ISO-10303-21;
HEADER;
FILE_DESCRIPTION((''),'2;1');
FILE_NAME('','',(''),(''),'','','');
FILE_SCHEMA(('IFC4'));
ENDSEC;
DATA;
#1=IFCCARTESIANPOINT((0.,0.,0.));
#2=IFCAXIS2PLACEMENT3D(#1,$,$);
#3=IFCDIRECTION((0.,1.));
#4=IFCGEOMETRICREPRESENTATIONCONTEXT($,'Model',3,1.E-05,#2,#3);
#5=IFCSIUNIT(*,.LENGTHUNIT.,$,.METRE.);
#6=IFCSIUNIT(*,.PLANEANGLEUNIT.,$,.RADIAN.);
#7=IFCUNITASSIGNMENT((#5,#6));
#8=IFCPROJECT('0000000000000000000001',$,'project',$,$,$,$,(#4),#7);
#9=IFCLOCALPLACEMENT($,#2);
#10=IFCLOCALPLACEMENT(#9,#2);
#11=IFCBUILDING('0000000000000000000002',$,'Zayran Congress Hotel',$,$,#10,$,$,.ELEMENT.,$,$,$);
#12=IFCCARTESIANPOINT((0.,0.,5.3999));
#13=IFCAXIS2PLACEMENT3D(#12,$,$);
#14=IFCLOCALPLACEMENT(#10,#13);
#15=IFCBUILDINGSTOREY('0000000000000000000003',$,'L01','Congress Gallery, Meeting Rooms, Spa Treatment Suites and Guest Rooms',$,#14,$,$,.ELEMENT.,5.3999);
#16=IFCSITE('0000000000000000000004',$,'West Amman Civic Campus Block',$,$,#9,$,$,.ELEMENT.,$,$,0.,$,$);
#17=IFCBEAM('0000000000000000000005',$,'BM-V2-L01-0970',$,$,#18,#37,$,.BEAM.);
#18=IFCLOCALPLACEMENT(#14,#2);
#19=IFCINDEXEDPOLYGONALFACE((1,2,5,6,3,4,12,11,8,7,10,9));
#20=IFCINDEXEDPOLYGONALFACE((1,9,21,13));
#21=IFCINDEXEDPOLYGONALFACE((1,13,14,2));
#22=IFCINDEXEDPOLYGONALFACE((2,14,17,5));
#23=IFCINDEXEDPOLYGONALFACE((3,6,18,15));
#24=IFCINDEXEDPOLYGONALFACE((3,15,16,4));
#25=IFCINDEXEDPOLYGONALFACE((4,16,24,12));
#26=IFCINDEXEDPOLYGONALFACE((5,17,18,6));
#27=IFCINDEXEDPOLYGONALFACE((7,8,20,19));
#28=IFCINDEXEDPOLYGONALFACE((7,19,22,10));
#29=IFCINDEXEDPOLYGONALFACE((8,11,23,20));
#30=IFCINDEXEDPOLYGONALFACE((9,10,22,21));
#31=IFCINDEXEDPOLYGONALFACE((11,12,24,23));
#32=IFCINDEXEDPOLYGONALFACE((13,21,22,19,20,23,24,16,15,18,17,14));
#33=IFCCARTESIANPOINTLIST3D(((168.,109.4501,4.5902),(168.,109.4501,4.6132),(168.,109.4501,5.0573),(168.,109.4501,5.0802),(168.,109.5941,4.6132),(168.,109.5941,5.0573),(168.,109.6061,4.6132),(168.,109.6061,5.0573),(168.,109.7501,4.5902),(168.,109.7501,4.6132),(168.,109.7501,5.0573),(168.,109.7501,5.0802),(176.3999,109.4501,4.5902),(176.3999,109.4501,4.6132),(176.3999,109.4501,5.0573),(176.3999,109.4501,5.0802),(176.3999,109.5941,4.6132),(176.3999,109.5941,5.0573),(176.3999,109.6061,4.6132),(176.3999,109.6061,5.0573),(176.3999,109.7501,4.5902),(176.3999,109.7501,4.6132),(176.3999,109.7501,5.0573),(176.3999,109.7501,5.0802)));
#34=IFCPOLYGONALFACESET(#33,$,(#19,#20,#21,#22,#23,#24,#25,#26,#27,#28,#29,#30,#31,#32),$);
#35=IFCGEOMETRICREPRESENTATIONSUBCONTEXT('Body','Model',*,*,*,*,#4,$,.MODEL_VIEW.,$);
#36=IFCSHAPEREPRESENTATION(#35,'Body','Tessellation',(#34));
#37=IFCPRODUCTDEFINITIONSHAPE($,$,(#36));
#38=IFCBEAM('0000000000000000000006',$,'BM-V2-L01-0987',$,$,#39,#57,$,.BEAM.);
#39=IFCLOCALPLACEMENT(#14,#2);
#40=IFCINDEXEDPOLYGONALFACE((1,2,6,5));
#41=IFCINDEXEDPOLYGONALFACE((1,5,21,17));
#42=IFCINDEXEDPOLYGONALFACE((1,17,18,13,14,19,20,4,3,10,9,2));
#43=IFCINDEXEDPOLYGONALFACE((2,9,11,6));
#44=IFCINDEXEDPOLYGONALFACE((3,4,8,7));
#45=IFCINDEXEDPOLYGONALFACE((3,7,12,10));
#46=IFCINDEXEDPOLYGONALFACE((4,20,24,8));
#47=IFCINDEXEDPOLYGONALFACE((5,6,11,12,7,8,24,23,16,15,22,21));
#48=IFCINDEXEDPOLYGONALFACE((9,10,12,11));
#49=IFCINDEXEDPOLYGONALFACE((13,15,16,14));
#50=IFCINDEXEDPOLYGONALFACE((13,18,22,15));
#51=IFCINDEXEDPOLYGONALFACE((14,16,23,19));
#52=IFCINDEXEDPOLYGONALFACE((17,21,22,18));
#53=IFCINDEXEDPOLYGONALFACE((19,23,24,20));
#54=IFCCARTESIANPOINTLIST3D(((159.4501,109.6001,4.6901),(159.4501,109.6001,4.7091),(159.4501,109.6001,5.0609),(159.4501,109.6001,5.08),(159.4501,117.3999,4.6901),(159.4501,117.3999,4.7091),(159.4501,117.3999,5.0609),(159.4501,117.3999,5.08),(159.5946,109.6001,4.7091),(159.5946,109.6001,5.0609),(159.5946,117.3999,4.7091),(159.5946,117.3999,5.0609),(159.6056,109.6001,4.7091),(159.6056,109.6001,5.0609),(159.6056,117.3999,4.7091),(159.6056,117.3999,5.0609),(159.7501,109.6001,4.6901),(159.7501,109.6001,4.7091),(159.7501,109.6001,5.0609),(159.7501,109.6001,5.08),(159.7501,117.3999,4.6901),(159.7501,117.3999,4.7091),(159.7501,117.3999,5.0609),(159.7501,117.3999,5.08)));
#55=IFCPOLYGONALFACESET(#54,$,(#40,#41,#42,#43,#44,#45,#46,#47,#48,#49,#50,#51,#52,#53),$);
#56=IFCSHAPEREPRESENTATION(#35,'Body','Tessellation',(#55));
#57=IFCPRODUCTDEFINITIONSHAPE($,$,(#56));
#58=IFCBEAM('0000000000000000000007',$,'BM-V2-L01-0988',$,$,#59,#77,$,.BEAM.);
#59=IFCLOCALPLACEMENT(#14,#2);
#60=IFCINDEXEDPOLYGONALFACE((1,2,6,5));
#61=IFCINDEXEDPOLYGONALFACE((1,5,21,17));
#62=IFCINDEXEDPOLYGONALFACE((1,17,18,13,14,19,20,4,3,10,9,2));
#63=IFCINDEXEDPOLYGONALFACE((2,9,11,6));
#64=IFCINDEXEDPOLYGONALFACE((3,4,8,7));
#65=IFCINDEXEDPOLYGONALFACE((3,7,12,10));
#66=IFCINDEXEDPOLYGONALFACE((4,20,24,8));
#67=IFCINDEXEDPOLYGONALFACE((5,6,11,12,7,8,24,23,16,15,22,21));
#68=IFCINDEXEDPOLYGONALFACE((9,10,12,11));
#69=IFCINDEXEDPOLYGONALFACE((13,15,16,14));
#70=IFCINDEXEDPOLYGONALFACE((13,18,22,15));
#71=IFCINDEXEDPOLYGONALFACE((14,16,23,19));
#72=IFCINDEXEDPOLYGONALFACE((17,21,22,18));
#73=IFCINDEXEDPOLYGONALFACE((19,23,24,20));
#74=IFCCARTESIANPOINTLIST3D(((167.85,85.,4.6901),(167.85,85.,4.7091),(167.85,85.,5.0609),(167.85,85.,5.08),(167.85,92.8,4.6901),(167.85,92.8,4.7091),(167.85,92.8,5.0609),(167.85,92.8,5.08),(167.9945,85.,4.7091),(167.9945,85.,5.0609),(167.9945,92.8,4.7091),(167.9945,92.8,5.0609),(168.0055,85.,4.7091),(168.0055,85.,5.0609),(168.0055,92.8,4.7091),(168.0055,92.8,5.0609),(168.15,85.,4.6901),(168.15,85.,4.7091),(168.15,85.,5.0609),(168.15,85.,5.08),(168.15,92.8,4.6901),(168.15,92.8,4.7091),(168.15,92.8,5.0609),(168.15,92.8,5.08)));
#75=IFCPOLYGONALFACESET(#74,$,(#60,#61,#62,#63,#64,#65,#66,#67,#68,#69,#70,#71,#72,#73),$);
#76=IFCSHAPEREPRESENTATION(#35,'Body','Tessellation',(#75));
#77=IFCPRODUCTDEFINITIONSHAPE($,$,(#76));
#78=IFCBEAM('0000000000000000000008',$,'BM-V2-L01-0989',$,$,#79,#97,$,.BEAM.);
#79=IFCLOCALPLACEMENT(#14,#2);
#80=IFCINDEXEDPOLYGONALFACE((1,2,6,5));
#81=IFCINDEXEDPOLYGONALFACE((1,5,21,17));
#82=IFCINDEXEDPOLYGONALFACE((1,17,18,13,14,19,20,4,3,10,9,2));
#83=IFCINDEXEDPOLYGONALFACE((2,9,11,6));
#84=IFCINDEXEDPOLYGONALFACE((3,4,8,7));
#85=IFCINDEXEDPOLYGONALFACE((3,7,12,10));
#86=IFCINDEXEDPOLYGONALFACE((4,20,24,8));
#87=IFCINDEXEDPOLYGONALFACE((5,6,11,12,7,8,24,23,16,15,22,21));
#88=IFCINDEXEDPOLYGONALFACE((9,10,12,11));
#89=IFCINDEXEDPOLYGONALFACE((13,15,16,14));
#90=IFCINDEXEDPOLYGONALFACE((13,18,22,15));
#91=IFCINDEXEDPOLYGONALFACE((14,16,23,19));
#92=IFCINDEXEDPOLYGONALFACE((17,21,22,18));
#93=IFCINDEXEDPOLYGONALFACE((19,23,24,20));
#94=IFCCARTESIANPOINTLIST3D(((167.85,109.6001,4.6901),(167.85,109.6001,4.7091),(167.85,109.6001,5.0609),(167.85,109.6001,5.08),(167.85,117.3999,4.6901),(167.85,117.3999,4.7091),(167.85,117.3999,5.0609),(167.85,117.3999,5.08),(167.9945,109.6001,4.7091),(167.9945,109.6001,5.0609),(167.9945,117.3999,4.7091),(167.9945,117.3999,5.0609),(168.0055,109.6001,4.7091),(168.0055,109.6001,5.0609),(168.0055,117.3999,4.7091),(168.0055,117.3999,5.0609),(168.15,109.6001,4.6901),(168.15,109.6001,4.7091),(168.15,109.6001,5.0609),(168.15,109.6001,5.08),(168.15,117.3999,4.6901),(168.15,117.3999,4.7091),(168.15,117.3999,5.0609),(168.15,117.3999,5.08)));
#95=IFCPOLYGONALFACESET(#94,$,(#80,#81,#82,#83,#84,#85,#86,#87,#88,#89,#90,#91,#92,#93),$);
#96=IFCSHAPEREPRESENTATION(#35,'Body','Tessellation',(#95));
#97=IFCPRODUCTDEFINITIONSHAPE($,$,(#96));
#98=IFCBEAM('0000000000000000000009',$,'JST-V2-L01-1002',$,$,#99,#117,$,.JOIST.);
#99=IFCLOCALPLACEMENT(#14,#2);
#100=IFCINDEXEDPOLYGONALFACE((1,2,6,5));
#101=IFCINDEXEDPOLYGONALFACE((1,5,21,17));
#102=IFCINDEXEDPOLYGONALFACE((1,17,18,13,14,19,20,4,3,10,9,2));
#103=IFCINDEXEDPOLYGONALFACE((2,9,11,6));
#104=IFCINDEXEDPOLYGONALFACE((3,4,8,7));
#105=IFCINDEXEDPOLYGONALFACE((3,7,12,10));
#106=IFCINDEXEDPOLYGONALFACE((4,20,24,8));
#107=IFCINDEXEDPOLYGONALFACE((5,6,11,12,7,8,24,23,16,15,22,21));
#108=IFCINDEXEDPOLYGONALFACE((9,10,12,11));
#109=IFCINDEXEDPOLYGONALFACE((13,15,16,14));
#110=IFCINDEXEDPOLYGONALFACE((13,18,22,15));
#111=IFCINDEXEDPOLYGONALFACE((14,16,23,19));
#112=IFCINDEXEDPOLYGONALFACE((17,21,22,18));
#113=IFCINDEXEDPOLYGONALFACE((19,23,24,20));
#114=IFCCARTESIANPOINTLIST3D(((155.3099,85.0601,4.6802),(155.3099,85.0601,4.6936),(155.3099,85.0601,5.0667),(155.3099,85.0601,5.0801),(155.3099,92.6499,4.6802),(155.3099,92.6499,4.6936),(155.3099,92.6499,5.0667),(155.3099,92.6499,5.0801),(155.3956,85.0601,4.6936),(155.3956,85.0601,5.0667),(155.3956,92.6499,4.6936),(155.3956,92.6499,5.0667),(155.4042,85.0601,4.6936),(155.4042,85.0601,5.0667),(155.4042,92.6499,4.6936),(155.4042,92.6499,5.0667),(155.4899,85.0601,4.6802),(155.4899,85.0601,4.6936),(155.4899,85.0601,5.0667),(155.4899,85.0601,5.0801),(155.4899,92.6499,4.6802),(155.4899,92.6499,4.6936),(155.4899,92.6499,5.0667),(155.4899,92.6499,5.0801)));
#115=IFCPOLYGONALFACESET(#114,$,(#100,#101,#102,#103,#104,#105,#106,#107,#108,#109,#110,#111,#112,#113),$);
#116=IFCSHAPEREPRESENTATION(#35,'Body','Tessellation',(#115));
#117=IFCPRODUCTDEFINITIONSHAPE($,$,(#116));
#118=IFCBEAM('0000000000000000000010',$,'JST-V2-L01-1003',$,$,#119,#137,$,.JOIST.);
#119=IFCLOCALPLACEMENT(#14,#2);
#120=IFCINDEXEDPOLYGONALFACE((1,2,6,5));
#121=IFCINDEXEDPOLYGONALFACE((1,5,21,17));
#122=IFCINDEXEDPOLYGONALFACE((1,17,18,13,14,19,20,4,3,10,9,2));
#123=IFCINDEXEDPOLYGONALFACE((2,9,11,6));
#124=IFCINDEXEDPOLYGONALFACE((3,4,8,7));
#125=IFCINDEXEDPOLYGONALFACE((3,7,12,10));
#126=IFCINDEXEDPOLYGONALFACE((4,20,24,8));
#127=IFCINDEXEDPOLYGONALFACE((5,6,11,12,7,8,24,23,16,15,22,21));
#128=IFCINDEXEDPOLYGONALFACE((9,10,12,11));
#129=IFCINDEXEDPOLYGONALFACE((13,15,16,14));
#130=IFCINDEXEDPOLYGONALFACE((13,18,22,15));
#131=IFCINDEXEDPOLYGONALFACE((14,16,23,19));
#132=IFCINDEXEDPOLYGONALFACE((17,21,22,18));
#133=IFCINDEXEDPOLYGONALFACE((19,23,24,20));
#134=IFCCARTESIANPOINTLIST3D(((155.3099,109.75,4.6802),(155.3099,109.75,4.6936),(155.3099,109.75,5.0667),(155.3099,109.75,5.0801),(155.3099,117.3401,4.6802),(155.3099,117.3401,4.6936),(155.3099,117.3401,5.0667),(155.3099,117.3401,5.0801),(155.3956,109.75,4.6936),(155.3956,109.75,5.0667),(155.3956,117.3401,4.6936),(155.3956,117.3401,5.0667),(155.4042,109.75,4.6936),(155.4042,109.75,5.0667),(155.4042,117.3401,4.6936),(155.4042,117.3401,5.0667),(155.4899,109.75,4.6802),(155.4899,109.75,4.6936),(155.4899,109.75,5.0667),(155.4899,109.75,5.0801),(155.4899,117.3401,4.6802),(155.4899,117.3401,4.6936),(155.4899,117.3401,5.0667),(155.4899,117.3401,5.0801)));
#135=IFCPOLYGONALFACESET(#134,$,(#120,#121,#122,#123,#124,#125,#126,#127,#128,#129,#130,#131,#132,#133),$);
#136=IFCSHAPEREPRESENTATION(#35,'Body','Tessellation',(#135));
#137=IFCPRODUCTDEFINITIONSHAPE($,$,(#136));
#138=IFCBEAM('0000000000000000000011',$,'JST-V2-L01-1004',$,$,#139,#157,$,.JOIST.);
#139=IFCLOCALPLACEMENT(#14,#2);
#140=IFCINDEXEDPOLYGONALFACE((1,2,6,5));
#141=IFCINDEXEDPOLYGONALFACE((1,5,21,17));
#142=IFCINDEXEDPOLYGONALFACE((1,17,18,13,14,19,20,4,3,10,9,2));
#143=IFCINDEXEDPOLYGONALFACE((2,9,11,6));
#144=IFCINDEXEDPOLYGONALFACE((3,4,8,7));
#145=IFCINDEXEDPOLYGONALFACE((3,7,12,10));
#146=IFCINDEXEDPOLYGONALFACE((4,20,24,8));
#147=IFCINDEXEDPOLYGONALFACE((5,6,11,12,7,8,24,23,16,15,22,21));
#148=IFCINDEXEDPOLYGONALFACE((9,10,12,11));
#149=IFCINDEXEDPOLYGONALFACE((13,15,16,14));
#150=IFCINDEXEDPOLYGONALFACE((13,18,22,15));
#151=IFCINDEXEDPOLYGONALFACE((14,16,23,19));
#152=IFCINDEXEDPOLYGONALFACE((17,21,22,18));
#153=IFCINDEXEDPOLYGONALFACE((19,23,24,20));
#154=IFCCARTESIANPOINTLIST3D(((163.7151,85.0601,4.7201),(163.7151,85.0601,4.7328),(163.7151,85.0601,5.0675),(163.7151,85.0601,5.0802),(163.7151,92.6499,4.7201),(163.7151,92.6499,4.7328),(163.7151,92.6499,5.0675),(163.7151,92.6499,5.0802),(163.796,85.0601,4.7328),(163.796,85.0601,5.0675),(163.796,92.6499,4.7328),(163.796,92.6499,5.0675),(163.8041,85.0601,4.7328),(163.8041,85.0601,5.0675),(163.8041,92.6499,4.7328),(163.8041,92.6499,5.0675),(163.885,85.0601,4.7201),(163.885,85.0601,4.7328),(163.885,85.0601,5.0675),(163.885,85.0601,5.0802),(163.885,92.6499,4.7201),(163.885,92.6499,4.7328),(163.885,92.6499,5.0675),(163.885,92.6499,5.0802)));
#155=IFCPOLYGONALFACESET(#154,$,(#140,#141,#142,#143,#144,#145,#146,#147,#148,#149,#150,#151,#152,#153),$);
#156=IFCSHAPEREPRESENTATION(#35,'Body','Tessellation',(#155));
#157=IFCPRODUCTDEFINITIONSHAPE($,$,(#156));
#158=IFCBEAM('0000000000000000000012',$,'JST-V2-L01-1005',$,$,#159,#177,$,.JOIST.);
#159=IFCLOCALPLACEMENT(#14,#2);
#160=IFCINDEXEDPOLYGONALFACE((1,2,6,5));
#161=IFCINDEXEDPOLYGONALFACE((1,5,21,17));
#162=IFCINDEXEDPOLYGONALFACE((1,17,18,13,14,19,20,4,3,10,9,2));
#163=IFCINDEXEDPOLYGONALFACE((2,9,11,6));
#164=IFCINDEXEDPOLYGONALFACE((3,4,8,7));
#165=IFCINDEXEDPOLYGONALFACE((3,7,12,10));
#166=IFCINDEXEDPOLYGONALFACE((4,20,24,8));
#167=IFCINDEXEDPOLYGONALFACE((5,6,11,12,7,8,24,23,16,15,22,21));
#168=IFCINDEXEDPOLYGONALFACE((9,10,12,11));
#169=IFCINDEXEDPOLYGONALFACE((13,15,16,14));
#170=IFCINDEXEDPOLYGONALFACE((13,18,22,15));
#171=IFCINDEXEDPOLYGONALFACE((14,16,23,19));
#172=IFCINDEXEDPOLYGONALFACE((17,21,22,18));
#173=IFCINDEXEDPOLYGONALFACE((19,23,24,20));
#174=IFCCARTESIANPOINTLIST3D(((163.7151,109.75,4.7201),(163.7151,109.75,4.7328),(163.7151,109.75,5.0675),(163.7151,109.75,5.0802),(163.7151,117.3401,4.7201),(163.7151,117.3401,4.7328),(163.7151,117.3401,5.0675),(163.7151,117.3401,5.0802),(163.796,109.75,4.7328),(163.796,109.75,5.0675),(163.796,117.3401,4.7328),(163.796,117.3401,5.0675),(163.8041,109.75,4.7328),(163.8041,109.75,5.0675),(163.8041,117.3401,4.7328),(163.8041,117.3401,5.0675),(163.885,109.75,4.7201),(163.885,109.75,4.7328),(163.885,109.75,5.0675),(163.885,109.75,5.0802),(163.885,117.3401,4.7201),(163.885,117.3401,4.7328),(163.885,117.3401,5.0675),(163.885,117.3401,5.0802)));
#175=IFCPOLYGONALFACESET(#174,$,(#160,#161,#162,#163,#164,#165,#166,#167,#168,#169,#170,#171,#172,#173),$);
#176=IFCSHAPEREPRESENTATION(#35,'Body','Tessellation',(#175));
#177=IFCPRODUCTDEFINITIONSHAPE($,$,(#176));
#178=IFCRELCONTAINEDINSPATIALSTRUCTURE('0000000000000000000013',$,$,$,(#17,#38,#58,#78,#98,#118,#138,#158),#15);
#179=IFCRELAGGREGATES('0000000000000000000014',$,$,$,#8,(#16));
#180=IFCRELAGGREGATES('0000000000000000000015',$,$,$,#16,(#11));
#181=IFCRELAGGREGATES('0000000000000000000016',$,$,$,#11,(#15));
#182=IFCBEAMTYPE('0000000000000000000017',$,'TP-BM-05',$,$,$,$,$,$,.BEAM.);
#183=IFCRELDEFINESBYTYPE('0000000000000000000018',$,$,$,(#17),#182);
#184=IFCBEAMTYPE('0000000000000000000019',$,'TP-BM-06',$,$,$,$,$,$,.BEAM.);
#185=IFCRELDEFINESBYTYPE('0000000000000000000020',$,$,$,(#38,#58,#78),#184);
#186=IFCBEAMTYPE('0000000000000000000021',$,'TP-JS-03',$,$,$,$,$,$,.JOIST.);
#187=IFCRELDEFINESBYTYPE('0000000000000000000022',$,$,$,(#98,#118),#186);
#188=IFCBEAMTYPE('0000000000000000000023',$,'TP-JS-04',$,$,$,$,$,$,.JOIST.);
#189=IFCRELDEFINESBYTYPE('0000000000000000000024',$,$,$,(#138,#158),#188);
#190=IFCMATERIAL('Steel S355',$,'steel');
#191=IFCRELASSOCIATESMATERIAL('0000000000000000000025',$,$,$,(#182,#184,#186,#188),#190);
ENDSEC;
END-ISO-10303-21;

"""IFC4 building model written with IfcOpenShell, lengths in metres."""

from ifc_helpers import new_model, si_unit, direction, frame, origin, origin_2d, place, context, subcontext, project, spatial, i_section, extrude, material, material_profile, profile_set, type_object, element, save


model = new_model("IFC4")

# Units and contexts
model_context = context("Model", 3, precision=1e-05, world=origin(), true_north=direction((0.0, 1.0)))
body_context = subcontext(model_context, "Body", "Model", "MODEL_VIEW")
ifc_project = project(units=[si_unit("LENGTHUNIT", "METRE"), si_unit("PLANEANGLEUNIT", "RADIAN")], contexts=[model_context])

# Site, building, storey
site_placement = place(None, origin())
site = spatial("IfcSite", under=ifc_project, at=site_placement, Name="West Amman Civic Campus Block", CompositionType="ELEMENT", RefElevation=0.0)
building_placement = place(site_placement, origin())
building = spatial("IfcBuilding", under=site, at=building_placement, Name="Zayran Congress Hotel", CompositionType="ELEMENT")
storey_placement = place(building_placement, frame((0.0, 0.0, 5.3999)))
storey = spatial("IfcBuildingStorey", under=building, at=storey_placement, Name="L01", Description="Congress Gallery, Meeting Rooms, Spa Treatment Suites and Guest Rooms", CompositionType="ELEMENT", Elevation=5.3999)

# Shared definitions
ifc_material_1 = material(Name="Steel S355", Category="steel")

# Beams
ifc_material_profile_1 = material_profile(ifc_material_1, i_section(OverallWidth=0.3, OverallDepth=0.49, WebThickness=0.012, FlangeThickness=0.0229, at=origin_2d()), Name="HEA 500")
ifc_profile_set_1 = profile_set([ifc_material_profile_1], Name="Steel S355")
beam_type_1 = type_object("IfcBeamType", Name="TP-BM-05", PredefinedType="BEAM", material=ifc_profile_set_1)
for number, where, z_axis, x_axis, name in (
    (1, (168.0, 109.6001, 4.8352), (1.0, 0.0, 0.0), (0.0, 1.0, 0.0), "BM-V2-L01-0970"),
):
    element("IfcBeam", number, at=place(storey_placement, frame(where, z_axis=z_axis, x_axis=x_axis)), inside=storey, type_object=beam_type_1, Name=name, PredefinedType="BEAM", context=body_context, shape_type="SweptSolid", body=[
        extrude(i_section(OverallWidth=0.3, OverallDepth=0.49, WebThickness=0.012, FlangeThickness=0.0229, at=origin_2d()), origin(), (0.0, 0.0, 1.0), 8.3999),
    ])
ifc_material_profile_2 = material_profile(ifc_material_1, i_section(OverallWidth=0.3, OverallDepth=0.3899, WebThickness=0.011, FlangeThickness=0.019, at=origin_2d()), Name="HEA 400")
ifc_profile_set_2 = profile_set([ifc_material_profile_2], Name="Steel S355")
beam_type_2 = type_object("IfcBeamType", Name="TP-BM-06", PredefinedType="BEAM", material=ifc_profile_set_2)
beam_1_placement = place(storey_placement, frame((159.6001, 109.6001, 4.885), z_axis=(0.0, 1.0, 0.0), x_axis=(-1.0, 0.0, 0.0)))
element("IfcBeam", 2, at=beam_1_placement, inside=storey, type_object=beam_type_2, Name="BM-V2-L01-0987", PredefinedType="BEAM", context=body_context, shape_type="SweptSolid", body=[
    extrude(i_section(OverallWidth=0.3, OverallDepth=0.3899, WebThickness=0.011, FlangeThickness=0.019, at=origin_2d()), origin(), (0.0, 0.0, 1.0), 7.7998),
])
beam_2_placement = place(storey_placement, frame((168.0, 85.0, 4.885), z_axis=(0.0, 1.0, 0.0), x_axis=(-1.0, 0.0, 0.0)))
element("IfcBeam", 3, at=beam_2_placement, inside=storey, type_object=beam_type_2, Name="BM-V2-L01-0988", PredefinedType="BEAM", context=body_context, shape_type="SweptSolid", body=[
    extrude(i_section(OverallWidth=0.3, OverallDepth=0.3899, WebThickness=0.011, FlangeThickness=0.019, at=origin_2d()), origin(), (0.0, 0.0, 1.0), 7.8),
])
beam_3_placement = place(storey_placement, frame((168.0, 109.6001, 4.885), z_axis=(0.0, 1.0, 0.0), x_axis=(-1.0, 0.0, 0.0)))
element("IfcBeam", 4, at=beam_3_placement, inside=storey, type_object=beam_type_2, Name="BM-V2-L01-0989", PredefinedType="BEAM", context=body_context, shape_type="SweptSolid", body=[
    extrude(i_section(OverallWidth=0.3, OverallDepth=0.3899, WebThickness=0.011, FlangeThickness=0.019, at=origin_2d()), origin(), (0.0, 0.0, 1.0), 7.7998),
])
ifc_material_profile_3 = material_profile(ifc_material_1, i_section(OverallWidth=0.1799, OverallDepth=0.3999, WebThickness=0.0085, FlangeThickness=0.0134, at=origin_2d()), Name="IPE 400")
ifc_profile_set_3 = profile_set([ifc_material_profile_3], Name="Steel S355")
beam_type_3 = type_object("IfcBeamType", Name="TP-JS-03", PredefinedType="JOIST", material=ifc_profile_set_3)
beam_4_placement = place(storey_placement, frame((155.3999, 85.0601, 4.8801), z_axis=(0.0, 1.0, 0.0), x_axis=(-1.0, 0.0, 0.0)))
element("IfcBeam", 5, at=beam_4_placement, inside=storey, type_object=beam_type_3, Name="JST-V2-L01-1002", PredefinedType="JOIST", context=body_context, shape_type="SweptSolid", body=[
    extrude(i_section(OverallWidth=0.1799, OverallDepth=0.3999, WebThickness=0.0085, FlangeThickness=0.0134, at=origin_2d()), origin(), (0.0, 0.0, 1.0), 7.5898),
])
beam_5_placement = place(storey_placement, frame((155.3999, 109.75, 4.8801), z_axis=(0.0, 1.0, 0.0), x_axis=(-1.0, 0.0, 0.0)))
element("IfcBeam", 6, at=beam_5_placement, inside=storey, type_object=beam_type_3, Name="JST-V2-L01-1003", PredefinedType="JOIST", context=body_context, shape_type="SweptSolid", body=[
    extrude(i_section(OverallWidth=0.1799, OverallDepth=0.3999, WebThickness=0.0085, FlangeThickness=0.0134, at=origin_2d()), origin(), (0.0, 0.0, 1.0), 7.5901),
])
ifc_material_profile_4 = material_profile(ifc_material_1, i_section(OverallWidth=0.1699, OverallDepth=0.3601, WebThickness=0.0081, FlangeThickness=0.0127, at=origin_2d()), Name="IPE 360")
ifc_profile_set_4 = profile_set([ifc_material_profile_4], Name="Steel S355")
beam_type_4 = type_object("IfcBeamType", Name="TP-JS-04", PredefinedType="JOIST", material=ifc_profile_set_4)
beam_6_placement = place(storey_placement, frame((163.8, 85.0601, 4.9001), z_axis=(0.0, 1.0, 0.0), x_axis=(-1.0, 0.0, 0.0)))
element("IfcBeam", 7, at=beam_6_placement, inside=storey, type_object=beam_type_4, Name="JST-V2-L01-1004", PredefinedType="JOIST", context=body_context, shape_type="SweptSolid", body=[
    extrude(i_section(OverallWidth=0.1699, OverallDepth=0.3601, WebThickness=0.0081, FlangeThickness=0.0127, at=origin_2d()), origin(), (0.0, 0.0, 1.0), 7.5898),
])
beam_7_placement = place(storey_placement, frame((163.8, 109.75, 4.9001), z_axis=(0.0, 1.0, 0.0), x_axis=(-1.0, 0.0, 0.0)))
element("IfcBeam", 8, at=beam_7_placement, inside=storey, type_object=beam_type_4, Name="JST-V2-L01-1005", PredefinedType="JOIST", context=body_context, shape_type="SweptSolid", body=[
    extrude(i_section(OverallWidth=0.1699, OverallDepth=0.3601, WebThickness=0.0081, FlangeThickness=0.0127, at=origin_2d()), origin(), (0.0, 0.0, 1.0), 7.5901),
])

save(model, "model.ifc")
